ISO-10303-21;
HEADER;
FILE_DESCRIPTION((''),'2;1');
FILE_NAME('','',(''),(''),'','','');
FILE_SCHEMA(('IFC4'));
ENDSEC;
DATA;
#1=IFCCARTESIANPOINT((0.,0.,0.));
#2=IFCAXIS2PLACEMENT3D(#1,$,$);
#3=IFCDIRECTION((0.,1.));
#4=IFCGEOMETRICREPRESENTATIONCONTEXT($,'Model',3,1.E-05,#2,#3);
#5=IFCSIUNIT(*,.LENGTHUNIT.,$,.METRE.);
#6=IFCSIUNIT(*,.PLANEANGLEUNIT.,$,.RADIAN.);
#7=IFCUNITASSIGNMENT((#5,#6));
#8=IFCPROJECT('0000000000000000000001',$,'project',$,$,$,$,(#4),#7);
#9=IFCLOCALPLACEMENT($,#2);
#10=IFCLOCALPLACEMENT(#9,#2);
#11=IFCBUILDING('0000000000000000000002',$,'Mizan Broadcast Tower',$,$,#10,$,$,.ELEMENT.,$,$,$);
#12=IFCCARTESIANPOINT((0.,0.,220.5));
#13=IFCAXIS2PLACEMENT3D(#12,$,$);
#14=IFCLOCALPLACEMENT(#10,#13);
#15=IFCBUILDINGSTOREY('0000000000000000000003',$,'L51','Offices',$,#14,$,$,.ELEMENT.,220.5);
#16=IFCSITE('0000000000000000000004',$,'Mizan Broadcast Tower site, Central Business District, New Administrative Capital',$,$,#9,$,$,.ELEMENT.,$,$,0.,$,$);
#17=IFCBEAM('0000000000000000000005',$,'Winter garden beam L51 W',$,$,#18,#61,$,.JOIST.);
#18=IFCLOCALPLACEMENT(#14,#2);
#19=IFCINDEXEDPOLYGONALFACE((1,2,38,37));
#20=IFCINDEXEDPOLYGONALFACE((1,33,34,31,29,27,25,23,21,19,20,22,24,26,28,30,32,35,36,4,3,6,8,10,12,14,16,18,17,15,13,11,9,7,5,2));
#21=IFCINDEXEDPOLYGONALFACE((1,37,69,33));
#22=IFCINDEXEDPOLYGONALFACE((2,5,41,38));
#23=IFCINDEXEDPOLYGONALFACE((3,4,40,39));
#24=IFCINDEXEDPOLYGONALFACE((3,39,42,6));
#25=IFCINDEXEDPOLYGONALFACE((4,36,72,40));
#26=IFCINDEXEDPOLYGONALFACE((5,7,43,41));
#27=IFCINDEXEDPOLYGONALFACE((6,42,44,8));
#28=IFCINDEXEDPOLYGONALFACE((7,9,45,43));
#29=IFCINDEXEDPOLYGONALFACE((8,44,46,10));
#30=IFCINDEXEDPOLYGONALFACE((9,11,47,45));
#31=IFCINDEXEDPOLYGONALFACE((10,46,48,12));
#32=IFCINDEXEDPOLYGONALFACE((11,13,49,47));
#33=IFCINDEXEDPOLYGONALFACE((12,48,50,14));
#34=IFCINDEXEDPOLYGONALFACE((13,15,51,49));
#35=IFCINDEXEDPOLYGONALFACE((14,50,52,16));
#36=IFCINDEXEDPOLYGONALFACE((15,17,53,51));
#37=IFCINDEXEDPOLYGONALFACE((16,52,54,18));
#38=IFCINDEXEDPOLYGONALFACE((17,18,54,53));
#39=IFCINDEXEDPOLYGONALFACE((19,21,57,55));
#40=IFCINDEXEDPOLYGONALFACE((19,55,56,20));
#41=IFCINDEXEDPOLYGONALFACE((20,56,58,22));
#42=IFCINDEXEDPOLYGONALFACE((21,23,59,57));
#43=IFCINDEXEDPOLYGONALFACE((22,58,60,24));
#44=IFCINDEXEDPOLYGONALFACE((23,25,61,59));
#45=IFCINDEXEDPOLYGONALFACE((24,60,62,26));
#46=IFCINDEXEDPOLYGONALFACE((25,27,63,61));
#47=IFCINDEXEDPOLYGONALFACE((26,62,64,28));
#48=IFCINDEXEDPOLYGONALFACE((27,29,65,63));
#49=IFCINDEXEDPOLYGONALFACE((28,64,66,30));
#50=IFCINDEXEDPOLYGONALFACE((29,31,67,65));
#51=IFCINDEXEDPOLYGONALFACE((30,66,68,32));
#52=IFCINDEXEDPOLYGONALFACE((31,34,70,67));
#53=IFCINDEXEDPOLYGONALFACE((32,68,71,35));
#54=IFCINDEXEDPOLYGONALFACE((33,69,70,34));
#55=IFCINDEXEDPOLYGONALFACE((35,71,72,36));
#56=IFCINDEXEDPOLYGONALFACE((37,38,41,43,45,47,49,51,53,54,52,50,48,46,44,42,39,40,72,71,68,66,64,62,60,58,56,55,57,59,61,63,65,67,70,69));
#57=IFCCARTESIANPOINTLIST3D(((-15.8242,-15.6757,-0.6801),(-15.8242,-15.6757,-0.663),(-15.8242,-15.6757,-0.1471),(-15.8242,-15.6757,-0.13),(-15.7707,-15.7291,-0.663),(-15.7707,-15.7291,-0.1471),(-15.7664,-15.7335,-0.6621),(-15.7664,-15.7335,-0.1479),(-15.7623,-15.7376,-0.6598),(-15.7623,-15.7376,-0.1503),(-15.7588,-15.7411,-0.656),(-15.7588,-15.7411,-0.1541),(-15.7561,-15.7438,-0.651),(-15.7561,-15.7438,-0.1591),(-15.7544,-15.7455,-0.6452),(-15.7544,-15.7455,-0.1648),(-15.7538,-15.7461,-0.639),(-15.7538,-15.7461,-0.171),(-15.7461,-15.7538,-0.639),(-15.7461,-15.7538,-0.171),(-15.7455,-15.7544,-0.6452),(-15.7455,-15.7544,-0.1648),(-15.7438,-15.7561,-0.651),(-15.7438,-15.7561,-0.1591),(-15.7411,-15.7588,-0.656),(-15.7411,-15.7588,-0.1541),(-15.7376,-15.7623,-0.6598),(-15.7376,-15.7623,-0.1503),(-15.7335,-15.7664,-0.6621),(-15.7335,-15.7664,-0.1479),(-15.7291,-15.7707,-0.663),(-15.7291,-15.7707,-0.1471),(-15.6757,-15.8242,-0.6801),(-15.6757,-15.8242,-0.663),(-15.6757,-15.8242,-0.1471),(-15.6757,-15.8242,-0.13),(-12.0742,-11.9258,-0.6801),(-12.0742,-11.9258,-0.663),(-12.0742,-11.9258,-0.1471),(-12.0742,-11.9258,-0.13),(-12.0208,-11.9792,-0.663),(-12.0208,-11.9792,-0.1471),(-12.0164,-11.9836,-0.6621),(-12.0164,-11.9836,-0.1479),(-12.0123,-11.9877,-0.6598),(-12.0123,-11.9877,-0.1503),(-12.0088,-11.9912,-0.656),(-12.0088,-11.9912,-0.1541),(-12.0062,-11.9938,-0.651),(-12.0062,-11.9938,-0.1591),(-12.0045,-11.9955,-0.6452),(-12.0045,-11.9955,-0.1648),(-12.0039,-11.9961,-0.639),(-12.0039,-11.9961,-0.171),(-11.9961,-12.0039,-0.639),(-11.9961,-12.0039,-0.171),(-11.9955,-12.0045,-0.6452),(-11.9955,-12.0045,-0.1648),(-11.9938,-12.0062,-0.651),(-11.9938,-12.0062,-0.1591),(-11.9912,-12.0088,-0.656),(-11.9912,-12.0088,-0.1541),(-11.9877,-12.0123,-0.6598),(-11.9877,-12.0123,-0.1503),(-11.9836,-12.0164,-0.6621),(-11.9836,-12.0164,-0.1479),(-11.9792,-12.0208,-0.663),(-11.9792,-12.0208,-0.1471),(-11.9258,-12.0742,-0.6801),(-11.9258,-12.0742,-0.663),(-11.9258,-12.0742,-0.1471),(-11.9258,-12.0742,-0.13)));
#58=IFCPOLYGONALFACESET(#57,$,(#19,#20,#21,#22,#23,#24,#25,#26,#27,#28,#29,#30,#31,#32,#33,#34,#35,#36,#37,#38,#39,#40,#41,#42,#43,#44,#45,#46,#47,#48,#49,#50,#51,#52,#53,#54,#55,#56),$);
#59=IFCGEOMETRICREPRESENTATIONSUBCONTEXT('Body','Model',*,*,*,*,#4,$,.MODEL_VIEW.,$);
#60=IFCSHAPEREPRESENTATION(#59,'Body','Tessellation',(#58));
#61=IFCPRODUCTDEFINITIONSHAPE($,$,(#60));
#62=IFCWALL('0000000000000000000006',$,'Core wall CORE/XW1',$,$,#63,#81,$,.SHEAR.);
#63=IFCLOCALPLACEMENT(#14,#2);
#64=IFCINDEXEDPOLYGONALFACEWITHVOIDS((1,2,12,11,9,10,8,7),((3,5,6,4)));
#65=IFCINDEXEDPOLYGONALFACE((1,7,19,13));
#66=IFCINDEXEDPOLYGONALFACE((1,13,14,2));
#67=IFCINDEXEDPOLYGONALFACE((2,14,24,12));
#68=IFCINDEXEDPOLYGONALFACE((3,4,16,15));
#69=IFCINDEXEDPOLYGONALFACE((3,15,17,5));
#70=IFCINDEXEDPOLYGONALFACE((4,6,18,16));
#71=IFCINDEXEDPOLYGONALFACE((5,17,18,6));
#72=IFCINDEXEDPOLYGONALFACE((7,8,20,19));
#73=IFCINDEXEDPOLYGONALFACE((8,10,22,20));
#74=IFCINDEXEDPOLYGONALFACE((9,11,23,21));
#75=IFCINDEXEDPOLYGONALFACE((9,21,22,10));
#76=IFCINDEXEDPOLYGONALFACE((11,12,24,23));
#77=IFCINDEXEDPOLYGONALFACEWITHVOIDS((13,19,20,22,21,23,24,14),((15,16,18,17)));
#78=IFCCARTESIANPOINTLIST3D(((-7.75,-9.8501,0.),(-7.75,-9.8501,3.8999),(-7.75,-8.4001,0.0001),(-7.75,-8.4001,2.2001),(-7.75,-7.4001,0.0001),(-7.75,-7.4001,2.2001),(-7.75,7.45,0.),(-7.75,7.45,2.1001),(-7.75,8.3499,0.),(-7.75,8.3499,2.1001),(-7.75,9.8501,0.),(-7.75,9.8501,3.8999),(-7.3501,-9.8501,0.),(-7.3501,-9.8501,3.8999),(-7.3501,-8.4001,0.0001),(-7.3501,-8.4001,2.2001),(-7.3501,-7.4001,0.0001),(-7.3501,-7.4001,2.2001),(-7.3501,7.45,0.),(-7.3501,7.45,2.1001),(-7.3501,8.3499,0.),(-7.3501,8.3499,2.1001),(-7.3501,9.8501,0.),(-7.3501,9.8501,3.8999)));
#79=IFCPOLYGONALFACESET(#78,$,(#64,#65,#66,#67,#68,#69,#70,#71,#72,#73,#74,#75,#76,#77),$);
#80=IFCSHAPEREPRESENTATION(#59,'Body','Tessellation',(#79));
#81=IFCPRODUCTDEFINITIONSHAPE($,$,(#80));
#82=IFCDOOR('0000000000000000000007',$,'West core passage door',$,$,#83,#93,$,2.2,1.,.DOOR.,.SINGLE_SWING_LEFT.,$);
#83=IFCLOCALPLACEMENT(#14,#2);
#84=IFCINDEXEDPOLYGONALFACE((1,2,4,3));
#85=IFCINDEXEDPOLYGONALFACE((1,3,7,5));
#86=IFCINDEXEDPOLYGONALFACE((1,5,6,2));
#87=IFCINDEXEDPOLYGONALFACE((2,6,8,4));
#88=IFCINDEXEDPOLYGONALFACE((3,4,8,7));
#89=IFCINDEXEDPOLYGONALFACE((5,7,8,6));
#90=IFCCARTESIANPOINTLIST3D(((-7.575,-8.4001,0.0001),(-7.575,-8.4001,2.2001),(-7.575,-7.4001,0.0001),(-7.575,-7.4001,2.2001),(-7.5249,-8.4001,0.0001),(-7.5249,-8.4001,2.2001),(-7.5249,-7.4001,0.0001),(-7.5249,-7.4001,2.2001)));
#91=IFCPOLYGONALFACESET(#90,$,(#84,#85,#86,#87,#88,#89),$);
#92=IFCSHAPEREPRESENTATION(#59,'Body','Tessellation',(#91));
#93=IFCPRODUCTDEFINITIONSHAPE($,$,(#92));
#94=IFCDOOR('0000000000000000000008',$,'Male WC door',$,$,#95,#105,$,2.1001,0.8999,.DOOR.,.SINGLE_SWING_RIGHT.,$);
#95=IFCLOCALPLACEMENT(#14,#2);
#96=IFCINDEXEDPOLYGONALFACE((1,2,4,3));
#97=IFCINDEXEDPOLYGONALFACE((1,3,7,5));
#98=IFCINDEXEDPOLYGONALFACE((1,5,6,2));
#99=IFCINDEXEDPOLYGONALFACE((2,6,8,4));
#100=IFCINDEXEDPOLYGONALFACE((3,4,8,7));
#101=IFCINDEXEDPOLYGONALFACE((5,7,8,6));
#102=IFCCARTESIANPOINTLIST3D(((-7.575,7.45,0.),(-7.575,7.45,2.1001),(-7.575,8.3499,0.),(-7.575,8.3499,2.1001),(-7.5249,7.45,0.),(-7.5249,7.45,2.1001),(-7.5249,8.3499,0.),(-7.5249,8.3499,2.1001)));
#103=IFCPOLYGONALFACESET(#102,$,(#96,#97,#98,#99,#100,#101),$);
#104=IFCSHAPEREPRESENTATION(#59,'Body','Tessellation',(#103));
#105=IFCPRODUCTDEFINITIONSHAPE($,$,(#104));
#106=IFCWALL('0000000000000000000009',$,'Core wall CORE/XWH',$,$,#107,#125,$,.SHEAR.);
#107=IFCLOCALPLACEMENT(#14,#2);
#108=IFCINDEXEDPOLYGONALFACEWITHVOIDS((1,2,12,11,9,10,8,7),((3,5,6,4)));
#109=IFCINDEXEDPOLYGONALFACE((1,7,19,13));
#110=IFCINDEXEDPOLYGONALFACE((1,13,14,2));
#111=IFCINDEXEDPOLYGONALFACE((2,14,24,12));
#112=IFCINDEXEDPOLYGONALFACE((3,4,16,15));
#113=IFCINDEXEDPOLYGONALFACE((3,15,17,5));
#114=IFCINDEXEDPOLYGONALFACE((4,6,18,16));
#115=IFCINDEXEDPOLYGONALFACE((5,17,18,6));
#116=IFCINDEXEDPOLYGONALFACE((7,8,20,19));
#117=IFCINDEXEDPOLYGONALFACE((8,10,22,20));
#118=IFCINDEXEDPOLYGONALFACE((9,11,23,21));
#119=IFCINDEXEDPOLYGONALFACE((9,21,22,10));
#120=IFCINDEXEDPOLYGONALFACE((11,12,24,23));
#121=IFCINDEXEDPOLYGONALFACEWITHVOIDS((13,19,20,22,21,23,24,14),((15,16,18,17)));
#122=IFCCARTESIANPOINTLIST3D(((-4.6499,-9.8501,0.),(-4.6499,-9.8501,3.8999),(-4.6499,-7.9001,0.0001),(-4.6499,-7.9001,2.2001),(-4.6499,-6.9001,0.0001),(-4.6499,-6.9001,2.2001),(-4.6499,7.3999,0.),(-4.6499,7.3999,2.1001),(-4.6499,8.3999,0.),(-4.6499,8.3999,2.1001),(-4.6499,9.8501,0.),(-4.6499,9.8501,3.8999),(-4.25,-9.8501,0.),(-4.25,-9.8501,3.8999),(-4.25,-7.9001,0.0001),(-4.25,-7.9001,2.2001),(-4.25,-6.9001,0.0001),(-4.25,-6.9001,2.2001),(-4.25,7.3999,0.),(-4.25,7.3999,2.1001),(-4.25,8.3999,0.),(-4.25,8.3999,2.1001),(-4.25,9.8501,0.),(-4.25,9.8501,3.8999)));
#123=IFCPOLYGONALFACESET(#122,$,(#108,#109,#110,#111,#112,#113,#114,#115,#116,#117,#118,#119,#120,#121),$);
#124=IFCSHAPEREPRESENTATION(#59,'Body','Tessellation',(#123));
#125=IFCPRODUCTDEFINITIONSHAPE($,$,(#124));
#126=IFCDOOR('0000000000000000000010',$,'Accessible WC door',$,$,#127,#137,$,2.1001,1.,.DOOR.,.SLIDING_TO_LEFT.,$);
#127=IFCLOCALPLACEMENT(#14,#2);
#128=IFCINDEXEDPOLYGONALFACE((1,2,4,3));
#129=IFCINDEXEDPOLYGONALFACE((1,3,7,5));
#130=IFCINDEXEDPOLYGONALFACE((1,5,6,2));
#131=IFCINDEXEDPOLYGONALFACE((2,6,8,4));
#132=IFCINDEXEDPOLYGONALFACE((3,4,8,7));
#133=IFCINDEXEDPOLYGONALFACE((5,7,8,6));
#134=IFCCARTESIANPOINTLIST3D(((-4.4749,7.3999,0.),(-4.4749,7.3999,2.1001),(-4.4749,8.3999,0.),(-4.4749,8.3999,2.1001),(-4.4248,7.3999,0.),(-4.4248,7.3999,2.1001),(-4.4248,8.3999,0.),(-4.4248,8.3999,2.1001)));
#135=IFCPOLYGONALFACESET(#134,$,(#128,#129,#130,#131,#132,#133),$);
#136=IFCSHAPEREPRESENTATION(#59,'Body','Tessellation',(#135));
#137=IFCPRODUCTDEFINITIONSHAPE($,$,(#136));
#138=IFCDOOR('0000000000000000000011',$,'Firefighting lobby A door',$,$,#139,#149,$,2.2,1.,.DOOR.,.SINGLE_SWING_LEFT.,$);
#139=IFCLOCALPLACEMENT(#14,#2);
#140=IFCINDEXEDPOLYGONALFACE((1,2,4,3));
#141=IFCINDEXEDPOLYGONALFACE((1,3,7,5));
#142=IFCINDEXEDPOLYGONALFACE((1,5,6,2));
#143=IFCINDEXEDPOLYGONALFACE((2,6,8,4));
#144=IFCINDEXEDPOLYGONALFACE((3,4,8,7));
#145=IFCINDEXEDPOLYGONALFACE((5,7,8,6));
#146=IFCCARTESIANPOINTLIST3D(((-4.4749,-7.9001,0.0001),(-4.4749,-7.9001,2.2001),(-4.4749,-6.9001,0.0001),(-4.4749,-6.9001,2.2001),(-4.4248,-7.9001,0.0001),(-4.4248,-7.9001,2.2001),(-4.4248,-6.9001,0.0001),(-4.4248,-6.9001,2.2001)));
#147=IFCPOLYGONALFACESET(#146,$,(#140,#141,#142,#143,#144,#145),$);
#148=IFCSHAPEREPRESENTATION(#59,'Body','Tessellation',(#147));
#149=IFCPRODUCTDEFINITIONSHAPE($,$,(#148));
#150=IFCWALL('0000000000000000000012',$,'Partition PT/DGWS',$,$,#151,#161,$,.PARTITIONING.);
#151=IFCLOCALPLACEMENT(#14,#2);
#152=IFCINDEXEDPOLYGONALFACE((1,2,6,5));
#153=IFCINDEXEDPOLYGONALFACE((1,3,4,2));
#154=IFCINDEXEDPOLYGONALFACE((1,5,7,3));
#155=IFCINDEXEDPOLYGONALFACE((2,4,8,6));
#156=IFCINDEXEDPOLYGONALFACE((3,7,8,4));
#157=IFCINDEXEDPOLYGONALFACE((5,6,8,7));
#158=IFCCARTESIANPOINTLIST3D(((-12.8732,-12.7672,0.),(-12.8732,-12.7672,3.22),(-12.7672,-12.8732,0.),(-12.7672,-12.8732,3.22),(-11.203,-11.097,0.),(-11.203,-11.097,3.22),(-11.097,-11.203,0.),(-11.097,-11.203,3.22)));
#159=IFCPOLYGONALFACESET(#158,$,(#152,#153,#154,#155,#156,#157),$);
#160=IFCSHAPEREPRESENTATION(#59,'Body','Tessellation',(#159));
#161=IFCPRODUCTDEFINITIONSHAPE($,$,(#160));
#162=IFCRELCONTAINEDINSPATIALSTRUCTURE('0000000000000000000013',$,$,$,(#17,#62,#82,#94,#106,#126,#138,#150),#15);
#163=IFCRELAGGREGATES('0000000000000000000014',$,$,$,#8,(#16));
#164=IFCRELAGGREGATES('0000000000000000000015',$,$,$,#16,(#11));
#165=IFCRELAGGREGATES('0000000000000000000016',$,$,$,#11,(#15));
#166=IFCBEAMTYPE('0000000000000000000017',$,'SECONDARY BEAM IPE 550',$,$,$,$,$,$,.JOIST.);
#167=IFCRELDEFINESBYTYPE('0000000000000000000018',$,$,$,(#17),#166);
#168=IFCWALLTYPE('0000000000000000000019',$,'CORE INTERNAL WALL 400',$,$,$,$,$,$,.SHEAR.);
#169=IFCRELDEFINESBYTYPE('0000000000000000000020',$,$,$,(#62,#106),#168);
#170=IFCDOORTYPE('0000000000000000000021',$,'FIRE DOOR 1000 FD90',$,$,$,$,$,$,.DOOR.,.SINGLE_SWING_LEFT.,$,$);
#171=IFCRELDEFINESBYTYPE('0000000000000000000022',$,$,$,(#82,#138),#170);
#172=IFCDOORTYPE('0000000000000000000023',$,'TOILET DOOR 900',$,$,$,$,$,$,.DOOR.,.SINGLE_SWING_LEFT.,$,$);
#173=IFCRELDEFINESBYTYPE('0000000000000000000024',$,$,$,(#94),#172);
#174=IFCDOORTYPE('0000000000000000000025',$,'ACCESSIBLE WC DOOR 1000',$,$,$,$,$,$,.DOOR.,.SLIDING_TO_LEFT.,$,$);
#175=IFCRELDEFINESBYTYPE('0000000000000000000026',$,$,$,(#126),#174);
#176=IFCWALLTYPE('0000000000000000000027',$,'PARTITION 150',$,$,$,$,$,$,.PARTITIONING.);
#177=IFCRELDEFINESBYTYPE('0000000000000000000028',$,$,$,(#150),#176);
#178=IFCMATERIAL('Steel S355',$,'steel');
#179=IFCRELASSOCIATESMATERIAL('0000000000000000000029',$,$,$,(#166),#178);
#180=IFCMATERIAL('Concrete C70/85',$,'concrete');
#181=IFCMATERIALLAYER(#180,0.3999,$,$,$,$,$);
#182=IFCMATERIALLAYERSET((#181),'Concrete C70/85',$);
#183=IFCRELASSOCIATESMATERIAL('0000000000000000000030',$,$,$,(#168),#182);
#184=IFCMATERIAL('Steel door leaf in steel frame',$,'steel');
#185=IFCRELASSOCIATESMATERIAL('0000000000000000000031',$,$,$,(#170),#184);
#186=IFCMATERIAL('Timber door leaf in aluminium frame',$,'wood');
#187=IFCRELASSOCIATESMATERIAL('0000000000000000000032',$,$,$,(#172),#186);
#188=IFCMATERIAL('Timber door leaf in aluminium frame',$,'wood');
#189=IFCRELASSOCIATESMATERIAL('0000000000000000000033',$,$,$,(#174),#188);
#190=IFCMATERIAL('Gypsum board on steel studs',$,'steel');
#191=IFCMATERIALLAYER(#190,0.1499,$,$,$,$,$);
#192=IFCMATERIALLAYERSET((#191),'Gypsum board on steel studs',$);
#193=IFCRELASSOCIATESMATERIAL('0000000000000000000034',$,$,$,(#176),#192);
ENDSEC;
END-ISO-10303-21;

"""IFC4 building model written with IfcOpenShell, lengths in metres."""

from ifc_helpers import new_model, si_unit, direction, frame, frame_2d, origin, origin_2d, place, context, subcontext, project, spatial, rectangle, i_section, extrude, material, layer, layer_set, material_profile, profile_set, type_object, element, fill, save


model = new_model("IFC4")

# Units and contexts
model_context = context("Model", 3, precision=1e-05, world=origin(), true_north=direction((0.0, 1.0)))
body_context = subcontext(model_context, "Body", "Model", "MODEL_VIEW")
ifc_project = project(units=[si_unit("LENGTHUNIT", "METRE"), si_unit("PLANEANGLEUNIT", "RADIAN")], contexts=[model_context])

# Site, building, storey
site_placement = place(None, origin())
site = spatial("IfcSite", under=ifc_project, at=site_placement, Name="Mizan Broadcast Tower site, Central Business District, New Administrative Capital", CompositionType="ELEMENT", RefElevation=0.0)
building_placement = place(site_placement, origin())
building = spatial("IfcBuilding", under=site, at=building_placement, Name="Mizan Broadcast Tower", CompositionType="ELEMENT")
storey_placement = place(building_placement, frame((0.0, 0.0, 220.5)))
storey = spatial("IfcBuildingStorey", under=building, at=storey_placement, Name="L51", Description="Offices", CompositionType="ELEMENT", Elevation=220.5)

# Beam
ifc_material_1 = material(Name="Steel S355", Category="steel")
ifc_material_profile_1 = material_profile(ifc_material_1, i_section(OverallWidth=0.21, OverallDepth=0.55, WebThickness=0.011, FlangeThickness=0.0171, FilletRadius=0.0239, at=origin_2d()), Name="IPE 550")
ifc_profile_set_1 = profile_set([ifc_material_profile_1], Name="Steel S355")
beam_type_1 = type_object("IfcBeamType", Name="SECONDARY BEAM IPE 550", PredefinedType="JOIST", material=ifc_profile_set_1)
beam_1_placement = place(storey_placement, frame((-12.0, -12.0, -0.405), z_axis=(-0.707107, -0.707107, 0.0), x_axis=(0.707107, -0.707107, 0.0)))
element("IfcBeam", 1, at=beam_1_placement, inside=storey, type_object=beam_type_1, Name="Winter garden beam L51 W", PredefinedType="JOIST", context=body_context, shape_type="SweptSolid", body=[
    extrude(i_section(OverallWidth=0.21, OverallDepth=0.55, WebThickness=0.011, FlangeThickness=0.0171, FilletRadius=0.0239, at=origin_2d()), origin(), (0.0, 0.0, 1.0), 5.3032),
])

# Walls, openings, doors
ifc_material_2 = material(Name="Concrete C70/85", Category="concrete")
ifc_layer_1 = layer(ifc_material_2, 0.3999)
ifc_layer_set_1 = layer_set([ifc_layer_1], Name="Concrete C70/85")
wall_type_1 = type_object("IfcWallType", Name="CORE INTERNAL WALL 400", PredefinedType="SHEAR", material=ifc_layer_set_1)
wall_1_placement = place(storey_placement, frame((-7.55, -9.8501, 0.0), z_axis=(0.0, 0.0, 1.0), x_axis=(0.0, 1.0, 0.0)))
wall_1 = element("IfcWall", 2, at=wall_1_placement, inside=storey, type_object=wall_type_1, Name="Core wall CORE/XW1", PredefinedType="SHEAR", context=body_context, shape_type="SweptSolid", body=[
    extrude(rectangle(XDim=19.7002, YDim=0.3999, at=frame_2d((9.8501, 0.0))), origin(), (0.0, 0.0, 1.0), 3.8999),
])
opening_1_placement = place(wall_1_placement, frame((1.45, 0.0, 0.0)))
opening_1 = element("IfcOpeningElement", 3, at=opening_1_placement, cuts=wall_1, PredefinedType="OPENING", context=body_context, shape_type="SweptSolid", body=[
    extrude(rectangle(XDim=1.0, YDim=2.2, at=frame_2d((0.5, 1.1001))), frame((0.0, 0.21, 0.0), z_axis=(0.0, -1.0, 0.0), x_axis=(1.0, 0.0, 0.0)), (0.0, 0.0, 1.0), 0.4199),
])
opening_2_placement = place(wall_1_placement, frame((17.3, 0.0, 0.0)))
opening_2 = element("IfcOpeningElement", 4, at=opening_2_placement, cuts=wall_1, PredefinedType="OPENING", context=body_context, shape_type="SweptSolid", body=[
    extrude(rectangle(XDim=0.8999, YDim=2.1001, at=frame_2d((0.45, 1.05))), frame((0.0, 0.21, 0.0), z_axis=(0.0, -1.0, 0.0), x_axis=(1.0, 0.0, 0.0)), (0.0, 0.0, 1.0), 0.4199),
])
ifc_material_3 = material(Name="Steel door leaf in steel frame", Category="steel")
door_type_1 = type_object("IfcDoorType", Name="FIRE DOOR 1000 FD90", OperationType="SINGLE_SWING_LEFT", PredefinedType="DOOR", material=ifc_material_3)
door_1_placement = place(opening_1_placement, origin())
door_1 = element("IfcDoor", 5, at=door_1_placement, inside=storey, type_object=door_type_1, Name="West core passage door", OperationType="SINGLE_SWING_LEFT", OverallHeight=2.2, OverallWidth=1.0, PredefinedType="DOOR", context=body_context, shape_type="SweptSolid", body=[
    extrude(rectangle(XDim=1.0, YDim=2.2, at=frame_2d((0.5, 1.1001))), frame((0.0, 0.0249, 0.0), z_axis=(0.0, -1.0, 0.0), x_axis=(1.0, 0.0, 0.0)), (0.0, 0.0, 1.0), 0.05),
])
fill(opening_1, door_1)
ifc_material_4 = material(Name="Timber door leaf in aluminium frame", Category="wood")
door_type_2 = type_object("IfcDoorType", Name="TOILET DOOR 900", OperationType="SINGLE_SWING_LEFT", PredefinedType="DOOR", material=ifc_material_4)
door_2_placement = place(opening_2_placement, origin())
door_2 = element("IfcDoor", 6, at=door_2_placement, inside=storey, type_object=door_type_2, Name="Male WC door", OperationType="SINGLE_SWING_RIGHT", OverallHeight=2.1001, OverallWidth=0.8999, PredefinedType="DOOR", context=body_context, shape_type="SweptSolid", body=[
    extrude(rectangle(XDim=0.8999, YDim=2.1001, at=frame_2d((0.45, 1.05))), frame((0.0, 0.0249, 0.0), z_axis=(0.0, -1.0, 0.0), x_axis=(1.0, 0.0, 0.0)), (0.0, 0.0, 1.0), 0.05),
])
fill(opening_2, door_2)
wall_2_placement = place(storey_placement, frame((-4.45, -9.8501, 0.0), z_axis=(0.0, 0.0, 1.0), x_axis=(0.0, 1.0, 0.0)))
wall_2 = element("IfcWall", 7, at=wall_2_placement, inside=storey, type_object=wall_type_1, Name="Core wall CORE/XWH", PredefinedType="SHEAR", context=body_context, shape_type="SweptSolid", body=[
    extrude(rectangle(XDim=19.7002, YDim=0.3999, at=frame_2d((9.8501, 0.0))), origin(), (0.0, 0.0, 1.0), 3.8999),
])
opening_3_placement = place(wall_2_placement, frame((1.95, 0.0, 0.0)))
opening_3 = element("IfcOpeningElement", 8, at=opening_3_placement, cuts=wall_2, PredefinedType="OPENING", context=body_context, shape_type="SweptSolid", body=[
    extrude(rectangle(XDim=1.0, YDim=2.2, at=frame_2d((0.5, 1.1001))), frame((0.0, 0.21, 0.0), z_axis=(0.0, -1.0, 0.0), x_axis=(1.0, 0.0, 0.0)), (0.0, 0.0, 1.0), 0.4199),
])
opening_4_placement = place(wall_2_placement, frame((17.25, 0.0, 0.0)))
opening_4 = element("IfcOpeningElement", 9, at=opening_4_placement, cuts=wall_2, PredefinedType="OPENING", context=body_context, shape_type="SweptSolid", body=[
    extrude(rectangle(XDim=1.0, YDim=2.1001, at=frame_2d((0.5, 1.05))), frame((0.0, 0.21, 0.0), z_axis=(0.0, -1.0, 0.0), x_axis=(1.0, 0.0, 0.0)), (0.0, 0.0, 1.0), 0.4199),
])
ifc_material_5 = material(Name="Timber door leaf in aluminium frame", Category="wood")
door_type_3 = type_object("IfcDoorType", Name="ACCESSIBLE WC DOOR 1000", OperationType="SLIDING_TO_LEFT", PredefinedType="DOOR", material=ifc_material_5)
door_3_placement = place(opening_4_placement, origin())
door_3 = element("IfcDoor", 10, at=door_3_placement, inside=storey, type_object=door_type_3, Name="Accessible WC door", OperationType="SLIDING_TO_LEFT", OverallHeight=2.1001, OverallWidth=1.0, PredefinedType="DOOR", context=body_context, shape_type="SweptSolid", body=[
    extrude(rectangle(XDim=1.0, YDim=2.1001, at=frame_2d((0.5, 1.05))), frame((0.0, 0.0249, 0.0), z_axis=(0.0, -1.0, 0.0), x_axis=(1.0, 0.0, 0.0)), (0.0, 0.0, 1.0), 0.05),
])
fill(opening_4, door_3)
door_4_placement = place(opening_3_placement, origin())
door_4 = element("IfcDoor", 11, at=door_4_placement, inside=storey, type_object=door_type_1, Name="Firefighting lobby A door", OperationType="SINGLE_SWING_LEFT", OverallHeight=2.2, OverallWidth=1.0, PredefinedType="DOOR", context=body_context, shape_type="SweptSolid", body=[
    extrude(rectangle(XDim=1.0, YDim=2.2, at=frame_2d((0.5, 1.1001))), frame((0.0, 0.0249, 0.0), z_axis=(0.0, -1.0, 0.0), x_axis=(1.0, 0.0, 0.0)), (0.0, 0.0, 1.0), 0.05),
])
fill(opening_3, door_4)

# Wall
ifc_material_6 = material(Name="Gypsum board on steel studs", Category="steel")
ifc_layer_2 = layer(ifc_material_6, 0.1499)
ifc_layer_set_2 = layer_set([ifc_layer_2], Name="Gypsum board on steel studs")
wall_type_2 = type_object("IfcWallType", Name="PARTITION 150", PredefinedType="PARTITIONING", material=ifc_layer_set_2)
wall_3_placement = place(storey_placement, frame((-11.1499, -11.1499, 0.0), z_axis=(0.0, 0.0, 1.0), x_axis=(-0.707107, -0.707107, 0.0)))
element("IfcWall", 12, at=wall_3_placement, inside=storey, type_object=wall_type_2, Name="Partition PT/DGWS", PredefinedType="PARTITIONING", context=body_context, shape_type="SweptSolid", body=[
    extrude(rectangle(XDim=2.3621, YDim=0.1499, at=frame_2d((1.1812, 0.0))), origin(), (0.0, 0.0, 1.0), 3.22),
])

save(model, "model.ifc")
